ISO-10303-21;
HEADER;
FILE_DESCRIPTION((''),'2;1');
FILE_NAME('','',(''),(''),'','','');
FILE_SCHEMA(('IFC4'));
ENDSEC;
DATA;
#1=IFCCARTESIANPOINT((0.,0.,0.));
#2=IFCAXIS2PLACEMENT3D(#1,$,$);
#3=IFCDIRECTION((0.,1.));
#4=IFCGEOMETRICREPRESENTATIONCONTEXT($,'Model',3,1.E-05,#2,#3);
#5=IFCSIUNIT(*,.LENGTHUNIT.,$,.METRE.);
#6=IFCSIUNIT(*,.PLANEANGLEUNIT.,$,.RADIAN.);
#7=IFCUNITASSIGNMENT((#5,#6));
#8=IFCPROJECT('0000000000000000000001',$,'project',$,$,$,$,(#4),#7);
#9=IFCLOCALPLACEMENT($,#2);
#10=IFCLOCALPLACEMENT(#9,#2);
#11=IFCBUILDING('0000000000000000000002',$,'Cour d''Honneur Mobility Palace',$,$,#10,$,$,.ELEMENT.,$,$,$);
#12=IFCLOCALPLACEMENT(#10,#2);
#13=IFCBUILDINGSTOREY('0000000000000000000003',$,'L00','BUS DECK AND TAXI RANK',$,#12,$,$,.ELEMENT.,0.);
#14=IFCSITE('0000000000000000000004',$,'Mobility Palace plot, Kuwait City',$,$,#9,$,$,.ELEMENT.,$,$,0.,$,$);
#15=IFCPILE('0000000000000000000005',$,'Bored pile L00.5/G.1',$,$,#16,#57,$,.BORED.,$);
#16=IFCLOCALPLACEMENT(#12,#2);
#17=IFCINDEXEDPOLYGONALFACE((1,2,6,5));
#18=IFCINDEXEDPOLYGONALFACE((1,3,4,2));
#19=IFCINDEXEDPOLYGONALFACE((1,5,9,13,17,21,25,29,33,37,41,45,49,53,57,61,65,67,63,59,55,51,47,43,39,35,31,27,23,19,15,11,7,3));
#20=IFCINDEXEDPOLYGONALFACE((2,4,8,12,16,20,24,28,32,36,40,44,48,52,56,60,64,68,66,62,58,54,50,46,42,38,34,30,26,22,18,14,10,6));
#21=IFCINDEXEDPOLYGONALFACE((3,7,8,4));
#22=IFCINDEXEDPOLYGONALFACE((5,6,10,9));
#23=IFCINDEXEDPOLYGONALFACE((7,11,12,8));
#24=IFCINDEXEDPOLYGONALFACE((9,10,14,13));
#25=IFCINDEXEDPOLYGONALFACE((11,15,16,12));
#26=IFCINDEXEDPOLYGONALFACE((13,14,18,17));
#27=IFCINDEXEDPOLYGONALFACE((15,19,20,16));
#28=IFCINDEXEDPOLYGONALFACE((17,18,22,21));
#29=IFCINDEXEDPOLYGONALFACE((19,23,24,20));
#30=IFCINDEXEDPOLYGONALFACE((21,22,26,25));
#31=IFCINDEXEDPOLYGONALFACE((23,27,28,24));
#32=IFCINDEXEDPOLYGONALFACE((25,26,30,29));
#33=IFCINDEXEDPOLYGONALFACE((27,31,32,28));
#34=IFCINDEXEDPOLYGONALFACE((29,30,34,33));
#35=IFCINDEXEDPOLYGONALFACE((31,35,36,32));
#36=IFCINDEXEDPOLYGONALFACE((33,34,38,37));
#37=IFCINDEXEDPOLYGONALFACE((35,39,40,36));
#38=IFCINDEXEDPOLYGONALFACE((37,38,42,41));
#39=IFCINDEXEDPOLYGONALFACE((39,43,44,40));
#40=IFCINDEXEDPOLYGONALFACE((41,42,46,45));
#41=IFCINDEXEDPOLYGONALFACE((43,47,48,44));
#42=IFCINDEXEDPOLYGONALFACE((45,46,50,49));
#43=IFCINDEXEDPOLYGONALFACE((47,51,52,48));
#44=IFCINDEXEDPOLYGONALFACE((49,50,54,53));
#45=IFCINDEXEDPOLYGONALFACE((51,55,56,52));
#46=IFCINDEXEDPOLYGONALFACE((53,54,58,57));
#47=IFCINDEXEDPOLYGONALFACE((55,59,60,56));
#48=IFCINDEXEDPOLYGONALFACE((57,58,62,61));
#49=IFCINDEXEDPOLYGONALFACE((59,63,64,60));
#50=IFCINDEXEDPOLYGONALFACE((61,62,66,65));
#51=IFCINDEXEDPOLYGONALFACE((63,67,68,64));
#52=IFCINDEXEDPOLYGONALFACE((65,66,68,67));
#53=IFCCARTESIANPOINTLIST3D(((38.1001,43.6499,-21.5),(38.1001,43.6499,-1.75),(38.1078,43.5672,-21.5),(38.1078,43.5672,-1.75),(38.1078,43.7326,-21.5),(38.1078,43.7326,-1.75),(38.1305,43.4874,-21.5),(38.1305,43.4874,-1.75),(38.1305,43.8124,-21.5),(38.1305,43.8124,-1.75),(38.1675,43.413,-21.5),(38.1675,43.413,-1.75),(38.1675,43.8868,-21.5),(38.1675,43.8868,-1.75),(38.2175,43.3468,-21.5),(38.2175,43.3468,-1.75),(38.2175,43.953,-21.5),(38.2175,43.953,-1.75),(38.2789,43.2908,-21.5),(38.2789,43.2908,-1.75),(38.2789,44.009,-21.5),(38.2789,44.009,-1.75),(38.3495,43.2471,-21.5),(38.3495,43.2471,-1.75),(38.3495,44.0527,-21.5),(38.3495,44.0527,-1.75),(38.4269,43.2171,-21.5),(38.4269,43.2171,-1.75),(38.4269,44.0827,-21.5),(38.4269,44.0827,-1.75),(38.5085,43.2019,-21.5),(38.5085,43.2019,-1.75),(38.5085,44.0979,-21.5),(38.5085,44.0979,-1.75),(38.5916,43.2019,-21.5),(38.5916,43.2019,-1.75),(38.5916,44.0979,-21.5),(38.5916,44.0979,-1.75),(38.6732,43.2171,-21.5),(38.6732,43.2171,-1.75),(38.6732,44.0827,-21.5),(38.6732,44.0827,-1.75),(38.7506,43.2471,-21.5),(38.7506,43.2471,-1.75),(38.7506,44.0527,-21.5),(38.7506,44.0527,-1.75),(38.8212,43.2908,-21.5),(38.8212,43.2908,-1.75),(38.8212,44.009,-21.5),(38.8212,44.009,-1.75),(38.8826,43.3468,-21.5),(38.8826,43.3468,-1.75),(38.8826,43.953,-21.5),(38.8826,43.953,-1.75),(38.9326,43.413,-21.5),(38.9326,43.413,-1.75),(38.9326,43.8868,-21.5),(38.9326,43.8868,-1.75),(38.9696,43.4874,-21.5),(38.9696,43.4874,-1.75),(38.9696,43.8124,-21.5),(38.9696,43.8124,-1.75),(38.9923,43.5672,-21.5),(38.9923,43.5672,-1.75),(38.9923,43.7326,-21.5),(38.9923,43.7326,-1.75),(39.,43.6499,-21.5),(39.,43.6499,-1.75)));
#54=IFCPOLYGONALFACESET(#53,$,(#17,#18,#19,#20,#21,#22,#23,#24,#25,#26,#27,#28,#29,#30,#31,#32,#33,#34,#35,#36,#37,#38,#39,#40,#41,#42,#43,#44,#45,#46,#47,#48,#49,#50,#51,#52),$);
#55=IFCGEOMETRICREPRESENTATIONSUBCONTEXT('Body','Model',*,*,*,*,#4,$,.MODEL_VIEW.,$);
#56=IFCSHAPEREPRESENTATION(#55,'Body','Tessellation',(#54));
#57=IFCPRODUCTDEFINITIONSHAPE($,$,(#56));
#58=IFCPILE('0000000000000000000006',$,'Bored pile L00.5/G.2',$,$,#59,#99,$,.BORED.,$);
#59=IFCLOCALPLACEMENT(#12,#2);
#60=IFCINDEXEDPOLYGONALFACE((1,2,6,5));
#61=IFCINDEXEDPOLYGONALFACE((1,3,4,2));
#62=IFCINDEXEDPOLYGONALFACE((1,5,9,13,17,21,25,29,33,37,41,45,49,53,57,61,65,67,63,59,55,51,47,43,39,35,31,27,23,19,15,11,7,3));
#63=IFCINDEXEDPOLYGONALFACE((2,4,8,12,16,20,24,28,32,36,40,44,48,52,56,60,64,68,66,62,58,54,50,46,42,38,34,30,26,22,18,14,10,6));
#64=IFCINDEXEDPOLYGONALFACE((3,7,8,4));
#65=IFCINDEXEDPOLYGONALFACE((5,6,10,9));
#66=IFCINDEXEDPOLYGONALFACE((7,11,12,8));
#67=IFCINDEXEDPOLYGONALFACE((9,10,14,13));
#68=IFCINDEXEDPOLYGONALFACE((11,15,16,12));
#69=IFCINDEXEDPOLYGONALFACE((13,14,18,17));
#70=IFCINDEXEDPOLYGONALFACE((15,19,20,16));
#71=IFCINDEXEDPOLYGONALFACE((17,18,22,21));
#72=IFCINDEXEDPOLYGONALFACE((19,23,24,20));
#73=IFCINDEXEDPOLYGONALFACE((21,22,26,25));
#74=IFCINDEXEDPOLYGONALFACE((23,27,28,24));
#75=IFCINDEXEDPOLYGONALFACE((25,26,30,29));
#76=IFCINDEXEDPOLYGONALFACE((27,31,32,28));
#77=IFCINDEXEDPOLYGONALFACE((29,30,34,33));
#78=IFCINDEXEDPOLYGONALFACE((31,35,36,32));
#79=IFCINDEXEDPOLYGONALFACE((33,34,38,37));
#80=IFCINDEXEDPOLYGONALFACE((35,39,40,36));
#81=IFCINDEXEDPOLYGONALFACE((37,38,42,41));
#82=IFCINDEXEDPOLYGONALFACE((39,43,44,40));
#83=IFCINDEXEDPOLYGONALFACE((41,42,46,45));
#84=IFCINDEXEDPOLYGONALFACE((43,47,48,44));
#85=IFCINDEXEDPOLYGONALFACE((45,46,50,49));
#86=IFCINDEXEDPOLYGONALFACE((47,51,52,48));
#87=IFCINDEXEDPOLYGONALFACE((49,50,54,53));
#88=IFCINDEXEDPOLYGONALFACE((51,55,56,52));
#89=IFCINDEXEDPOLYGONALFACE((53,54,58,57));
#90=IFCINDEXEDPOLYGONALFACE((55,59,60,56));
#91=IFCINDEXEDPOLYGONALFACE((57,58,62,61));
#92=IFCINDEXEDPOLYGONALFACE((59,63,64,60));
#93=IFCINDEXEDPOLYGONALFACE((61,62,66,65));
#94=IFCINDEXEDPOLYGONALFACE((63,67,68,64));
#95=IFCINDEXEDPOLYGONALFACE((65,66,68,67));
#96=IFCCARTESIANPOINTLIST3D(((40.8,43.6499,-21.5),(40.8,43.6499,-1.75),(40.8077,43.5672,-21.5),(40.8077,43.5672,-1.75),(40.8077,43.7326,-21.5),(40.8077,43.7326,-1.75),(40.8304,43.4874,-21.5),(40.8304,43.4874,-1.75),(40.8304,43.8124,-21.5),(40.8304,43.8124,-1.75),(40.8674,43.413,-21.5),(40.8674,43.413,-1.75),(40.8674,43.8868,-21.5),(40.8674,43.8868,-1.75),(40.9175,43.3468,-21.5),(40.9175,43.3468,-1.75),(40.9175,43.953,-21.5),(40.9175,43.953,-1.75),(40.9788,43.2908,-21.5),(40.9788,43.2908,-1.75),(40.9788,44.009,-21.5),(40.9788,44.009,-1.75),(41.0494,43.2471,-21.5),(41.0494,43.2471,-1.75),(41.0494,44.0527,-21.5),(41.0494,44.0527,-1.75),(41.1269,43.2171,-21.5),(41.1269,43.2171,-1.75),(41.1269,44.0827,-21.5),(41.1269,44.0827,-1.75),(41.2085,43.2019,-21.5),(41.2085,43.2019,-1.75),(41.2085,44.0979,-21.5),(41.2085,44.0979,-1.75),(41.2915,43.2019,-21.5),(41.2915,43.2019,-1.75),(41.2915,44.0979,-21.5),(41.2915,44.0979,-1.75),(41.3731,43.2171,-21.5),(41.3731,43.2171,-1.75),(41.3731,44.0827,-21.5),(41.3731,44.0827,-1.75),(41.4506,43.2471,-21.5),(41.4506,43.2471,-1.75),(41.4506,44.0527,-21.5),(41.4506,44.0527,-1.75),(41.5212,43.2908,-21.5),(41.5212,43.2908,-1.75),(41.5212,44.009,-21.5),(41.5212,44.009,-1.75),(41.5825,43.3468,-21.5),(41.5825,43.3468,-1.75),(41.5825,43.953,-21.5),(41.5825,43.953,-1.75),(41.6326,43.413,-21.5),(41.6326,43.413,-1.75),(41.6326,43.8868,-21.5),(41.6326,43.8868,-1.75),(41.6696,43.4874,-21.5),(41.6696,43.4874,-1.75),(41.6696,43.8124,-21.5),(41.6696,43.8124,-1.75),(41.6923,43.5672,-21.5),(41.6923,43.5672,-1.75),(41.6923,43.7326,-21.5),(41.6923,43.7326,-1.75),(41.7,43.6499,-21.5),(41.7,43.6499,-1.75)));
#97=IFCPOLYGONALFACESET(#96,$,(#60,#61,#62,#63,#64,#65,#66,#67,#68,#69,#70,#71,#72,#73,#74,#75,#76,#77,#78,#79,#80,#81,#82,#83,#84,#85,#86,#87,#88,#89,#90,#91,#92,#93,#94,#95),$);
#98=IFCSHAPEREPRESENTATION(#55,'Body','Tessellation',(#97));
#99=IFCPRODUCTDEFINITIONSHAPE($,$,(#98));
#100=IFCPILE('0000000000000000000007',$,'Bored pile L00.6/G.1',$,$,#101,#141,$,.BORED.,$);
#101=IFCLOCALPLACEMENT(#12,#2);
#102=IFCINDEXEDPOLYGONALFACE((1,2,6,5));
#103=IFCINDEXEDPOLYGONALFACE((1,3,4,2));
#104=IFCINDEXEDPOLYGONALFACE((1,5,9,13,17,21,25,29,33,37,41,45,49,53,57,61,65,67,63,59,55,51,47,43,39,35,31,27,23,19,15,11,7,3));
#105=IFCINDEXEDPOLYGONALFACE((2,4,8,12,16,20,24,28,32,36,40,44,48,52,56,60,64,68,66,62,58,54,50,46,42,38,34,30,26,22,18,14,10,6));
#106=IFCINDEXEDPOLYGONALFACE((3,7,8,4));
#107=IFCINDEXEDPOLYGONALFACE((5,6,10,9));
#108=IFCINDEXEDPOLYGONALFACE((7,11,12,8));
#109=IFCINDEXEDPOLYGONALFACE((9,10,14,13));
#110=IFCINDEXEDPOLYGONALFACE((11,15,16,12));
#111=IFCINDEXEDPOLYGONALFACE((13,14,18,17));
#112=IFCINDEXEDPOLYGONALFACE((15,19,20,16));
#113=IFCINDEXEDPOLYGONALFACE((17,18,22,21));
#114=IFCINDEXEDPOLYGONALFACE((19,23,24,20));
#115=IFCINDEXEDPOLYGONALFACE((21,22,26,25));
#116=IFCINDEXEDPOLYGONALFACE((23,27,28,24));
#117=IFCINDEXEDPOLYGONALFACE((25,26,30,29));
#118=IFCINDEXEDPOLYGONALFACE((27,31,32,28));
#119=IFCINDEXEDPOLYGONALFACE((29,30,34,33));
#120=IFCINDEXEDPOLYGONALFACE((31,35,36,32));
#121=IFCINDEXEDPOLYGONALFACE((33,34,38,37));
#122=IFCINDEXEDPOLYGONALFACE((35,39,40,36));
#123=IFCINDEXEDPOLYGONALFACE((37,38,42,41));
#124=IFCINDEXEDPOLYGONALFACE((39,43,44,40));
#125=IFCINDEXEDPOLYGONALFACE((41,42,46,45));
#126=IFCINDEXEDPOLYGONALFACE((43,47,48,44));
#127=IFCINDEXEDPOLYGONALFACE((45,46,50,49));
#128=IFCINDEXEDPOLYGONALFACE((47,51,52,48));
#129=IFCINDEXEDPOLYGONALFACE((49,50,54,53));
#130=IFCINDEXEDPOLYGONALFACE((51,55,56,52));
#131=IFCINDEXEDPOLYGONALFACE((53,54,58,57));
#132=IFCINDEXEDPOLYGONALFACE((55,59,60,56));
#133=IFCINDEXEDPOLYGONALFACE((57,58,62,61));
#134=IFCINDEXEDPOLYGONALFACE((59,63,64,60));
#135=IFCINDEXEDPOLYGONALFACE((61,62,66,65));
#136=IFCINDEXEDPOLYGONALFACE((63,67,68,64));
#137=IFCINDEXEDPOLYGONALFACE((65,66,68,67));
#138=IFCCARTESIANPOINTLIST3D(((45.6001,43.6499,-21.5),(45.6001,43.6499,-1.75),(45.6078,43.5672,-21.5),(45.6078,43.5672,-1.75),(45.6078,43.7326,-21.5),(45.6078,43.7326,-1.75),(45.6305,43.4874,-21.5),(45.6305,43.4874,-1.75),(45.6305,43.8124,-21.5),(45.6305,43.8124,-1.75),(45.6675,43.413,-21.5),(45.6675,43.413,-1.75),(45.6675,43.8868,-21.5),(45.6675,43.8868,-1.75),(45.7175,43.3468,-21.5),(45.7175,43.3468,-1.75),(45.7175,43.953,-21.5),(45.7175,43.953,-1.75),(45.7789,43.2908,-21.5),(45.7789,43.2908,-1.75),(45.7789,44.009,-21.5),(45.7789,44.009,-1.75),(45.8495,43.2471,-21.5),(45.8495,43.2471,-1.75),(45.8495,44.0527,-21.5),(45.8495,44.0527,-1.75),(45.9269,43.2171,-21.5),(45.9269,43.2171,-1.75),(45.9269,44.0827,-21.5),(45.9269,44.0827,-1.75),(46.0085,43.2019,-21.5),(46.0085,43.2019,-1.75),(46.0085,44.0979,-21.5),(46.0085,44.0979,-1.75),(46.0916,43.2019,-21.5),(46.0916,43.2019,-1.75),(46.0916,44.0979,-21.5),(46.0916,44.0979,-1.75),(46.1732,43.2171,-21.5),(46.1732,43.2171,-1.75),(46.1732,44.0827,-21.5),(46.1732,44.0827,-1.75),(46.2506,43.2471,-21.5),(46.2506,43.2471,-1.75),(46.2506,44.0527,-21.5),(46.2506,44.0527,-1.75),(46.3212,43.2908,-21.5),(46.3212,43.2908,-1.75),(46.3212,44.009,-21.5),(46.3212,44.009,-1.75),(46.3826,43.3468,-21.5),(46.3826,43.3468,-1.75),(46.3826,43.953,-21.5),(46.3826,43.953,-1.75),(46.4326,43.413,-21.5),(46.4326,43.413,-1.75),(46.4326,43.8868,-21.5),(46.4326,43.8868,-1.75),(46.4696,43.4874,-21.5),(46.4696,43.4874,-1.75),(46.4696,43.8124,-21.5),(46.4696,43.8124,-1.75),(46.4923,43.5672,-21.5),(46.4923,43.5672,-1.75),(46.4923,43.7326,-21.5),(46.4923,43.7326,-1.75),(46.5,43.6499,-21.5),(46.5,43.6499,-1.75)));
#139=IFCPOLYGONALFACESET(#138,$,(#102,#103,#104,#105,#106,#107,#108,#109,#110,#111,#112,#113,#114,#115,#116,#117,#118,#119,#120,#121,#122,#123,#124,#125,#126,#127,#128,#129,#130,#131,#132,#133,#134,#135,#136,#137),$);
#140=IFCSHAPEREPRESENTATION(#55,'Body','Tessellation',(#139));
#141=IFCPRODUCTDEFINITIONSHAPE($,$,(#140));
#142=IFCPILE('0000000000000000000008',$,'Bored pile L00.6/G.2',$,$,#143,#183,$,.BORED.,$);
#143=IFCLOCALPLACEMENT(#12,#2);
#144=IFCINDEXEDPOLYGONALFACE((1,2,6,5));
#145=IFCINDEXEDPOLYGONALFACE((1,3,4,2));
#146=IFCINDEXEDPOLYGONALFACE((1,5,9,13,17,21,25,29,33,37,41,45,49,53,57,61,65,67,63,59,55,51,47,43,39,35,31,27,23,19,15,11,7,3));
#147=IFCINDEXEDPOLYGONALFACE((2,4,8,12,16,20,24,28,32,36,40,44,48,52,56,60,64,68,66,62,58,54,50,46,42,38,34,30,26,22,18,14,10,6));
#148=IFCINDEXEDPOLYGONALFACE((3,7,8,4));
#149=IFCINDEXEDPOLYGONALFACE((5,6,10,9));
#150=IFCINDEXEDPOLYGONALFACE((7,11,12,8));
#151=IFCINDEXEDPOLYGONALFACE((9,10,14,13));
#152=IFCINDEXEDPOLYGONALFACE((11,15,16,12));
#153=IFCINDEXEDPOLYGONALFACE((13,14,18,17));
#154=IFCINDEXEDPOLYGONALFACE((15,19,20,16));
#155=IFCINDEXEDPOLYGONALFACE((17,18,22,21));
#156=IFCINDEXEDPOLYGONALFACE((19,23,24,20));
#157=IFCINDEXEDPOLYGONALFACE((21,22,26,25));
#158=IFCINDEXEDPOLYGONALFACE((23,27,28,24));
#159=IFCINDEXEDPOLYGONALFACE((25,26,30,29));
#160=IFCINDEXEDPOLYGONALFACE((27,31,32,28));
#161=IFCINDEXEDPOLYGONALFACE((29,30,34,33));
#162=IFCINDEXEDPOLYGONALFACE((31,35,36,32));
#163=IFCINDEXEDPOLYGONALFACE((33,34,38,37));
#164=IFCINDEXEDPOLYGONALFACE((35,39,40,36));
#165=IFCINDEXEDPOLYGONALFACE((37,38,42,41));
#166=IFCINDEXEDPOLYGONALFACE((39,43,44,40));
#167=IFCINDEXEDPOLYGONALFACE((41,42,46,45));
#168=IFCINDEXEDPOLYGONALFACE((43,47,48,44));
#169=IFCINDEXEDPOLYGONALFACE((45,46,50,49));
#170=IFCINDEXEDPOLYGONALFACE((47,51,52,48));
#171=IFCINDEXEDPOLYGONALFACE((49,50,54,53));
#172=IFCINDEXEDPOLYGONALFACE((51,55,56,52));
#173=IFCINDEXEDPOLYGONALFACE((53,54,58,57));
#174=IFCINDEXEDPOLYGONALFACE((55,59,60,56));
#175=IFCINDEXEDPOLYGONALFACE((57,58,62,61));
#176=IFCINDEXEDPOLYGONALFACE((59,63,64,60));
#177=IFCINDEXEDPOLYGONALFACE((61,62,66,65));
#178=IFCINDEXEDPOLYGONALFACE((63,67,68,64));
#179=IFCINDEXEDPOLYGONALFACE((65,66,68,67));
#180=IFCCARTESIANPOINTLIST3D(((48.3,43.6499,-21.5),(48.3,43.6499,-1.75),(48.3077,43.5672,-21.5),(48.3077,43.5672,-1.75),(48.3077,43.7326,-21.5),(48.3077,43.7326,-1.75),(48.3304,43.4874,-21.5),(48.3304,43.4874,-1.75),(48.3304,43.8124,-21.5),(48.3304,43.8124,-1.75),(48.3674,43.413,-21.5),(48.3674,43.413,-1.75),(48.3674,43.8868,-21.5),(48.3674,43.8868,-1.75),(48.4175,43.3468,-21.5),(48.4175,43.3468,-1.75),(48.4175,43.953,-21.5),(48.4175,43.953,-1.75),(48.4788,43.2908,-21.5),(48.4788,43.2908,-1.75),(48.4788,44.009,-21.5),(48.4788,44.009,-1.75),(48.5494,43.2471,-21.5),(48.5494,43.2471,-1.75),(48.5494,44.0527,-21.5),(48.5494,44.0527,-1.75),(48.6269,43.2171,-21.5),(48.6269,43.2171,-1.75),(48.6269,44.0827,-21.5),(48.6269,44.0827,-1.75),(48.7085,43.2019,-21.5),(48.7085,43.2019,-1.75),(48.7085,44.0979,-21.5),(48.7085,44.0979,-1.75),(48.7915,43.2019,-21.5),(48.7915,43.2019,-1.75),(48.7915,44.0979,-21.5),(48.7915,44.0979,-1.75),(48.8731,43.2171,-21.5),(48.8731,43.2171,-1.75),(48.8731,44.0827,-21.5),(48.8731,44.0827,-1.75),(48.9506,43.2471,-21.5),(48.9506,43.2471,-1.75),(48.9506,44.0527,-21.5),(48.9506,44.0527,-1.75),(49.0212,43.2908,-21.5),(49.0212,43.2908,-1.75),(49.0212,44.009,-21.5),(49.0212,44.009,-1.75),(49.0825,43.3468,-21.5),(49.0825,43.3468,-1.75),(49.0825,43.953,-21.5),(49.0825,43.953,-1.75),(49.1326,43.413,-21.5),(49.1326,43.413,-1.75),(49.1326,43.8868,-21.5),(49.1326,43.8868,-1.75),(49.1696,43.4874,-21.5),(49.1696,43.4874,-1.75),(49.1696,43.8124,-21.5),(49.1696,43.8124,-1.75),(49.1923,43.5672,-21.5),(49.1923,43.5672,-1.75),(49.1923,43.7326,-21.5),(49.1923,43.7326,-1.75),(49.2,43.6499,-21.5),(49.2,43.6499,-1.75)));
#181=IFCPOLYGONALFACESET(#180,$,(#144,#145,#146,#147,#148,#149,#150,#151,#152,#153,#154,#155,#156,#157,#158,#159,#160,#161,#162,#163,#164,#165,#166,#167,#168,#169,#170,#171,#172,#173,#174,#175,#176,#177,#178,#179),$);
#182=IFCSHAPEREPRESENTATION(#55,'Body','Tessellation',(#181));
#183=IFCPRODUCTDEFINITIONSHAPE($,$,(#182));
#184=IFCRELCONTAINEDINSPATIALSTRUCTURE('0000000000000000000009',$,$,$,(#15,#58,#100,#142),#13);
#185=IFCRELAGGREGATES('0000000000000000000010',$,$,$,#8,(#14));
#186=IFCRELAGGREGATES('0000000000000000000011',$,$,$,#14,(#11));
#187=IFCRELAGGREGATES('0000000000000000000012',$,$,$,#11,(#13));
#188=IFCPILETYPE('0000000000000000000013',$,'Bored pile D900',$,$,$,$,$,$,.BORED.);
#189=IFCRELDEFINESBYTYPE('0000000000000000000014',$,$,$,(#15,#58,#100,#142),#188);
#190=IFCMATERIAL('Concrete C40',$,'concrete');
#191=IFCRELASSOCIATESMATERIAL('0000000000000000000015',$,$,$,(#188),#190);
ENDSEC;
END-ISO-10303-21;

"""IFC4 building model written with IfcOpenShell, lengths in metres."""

from ifc_helpers import new_model, si_unit, direction, frame, origin, origin_2d, place, context, subcontext, project, spatial, circle, extrude, material, material_profile, profile_set, type_object, element, save


model = new_model("IFC4")

# Units and contexts
model_context = context("Model", 3, precision=1e-05, world=origin(), true_north=direction((0.0, 1.0)))
body_context = subcontext(model_context, "Body", "Model", "MODEL_VIEW")
ifc_project = project(units=[si_unit("LENGTHUNIT", "METRE"), si_unit("PLANEANGLEUNIT", "RADIAN")], contexts=[model_context])

# Site, building, storey
site_placement = place(None, origin())
site = spatial("IfcSite", under=ifc_project, at=site_placement, Name="Mobility Palace plot, Kuwait City", CompositionType="ELEMENT", RefElevation=0.0)
building_placement = place(site_placement, origin())
building = spatial("IfcBuilding", under=site, at=building_placement, Name="Cour d'Honneur Mobility Palace", CompositionType="ELEMENT")
storey_placement = place(building_placement, origin())
storey = spatial("IfcBuildingStorey", under=building, at=storey_placement, Name="L00", Description="BUS DECK AND TAXI RANK", CompositionType="ELEMENT", Elevation=0.0)

# Piles
ifc_material_1 = material(Name="Concrete C40", Category="concrete")
ifc_material_profile = material_profile(ifc_material_1, circle(Radius=0.45, at=origin_2d()), Name="Bored pile D900")
ifc_profile_set = profile_set([ifc_material_profile], Name="Concrete C40")
pile_type = type_object("IfcPileType", Name="Bored pile D900", PredefinedType="BORED", material=ifc_profile_set)
for number, where, z_axis, x_axis, name in (
    (1, (38.55, 43.6499, -1.75), (0.0, 0.0, -1.0), (1.0, 0.0, 0.0), "Bored pile L00.5/G.1"),
    (2, (41.25, 43.6499, -1.75), (0.0, 0.0, -1.0), (1.0, 0.0, 0.0), "Bored pile L00.5/G.2"),
    (3, (46.05, 43.6499, -1.75), (0.0, 0.0, -1.0), (1.0, 0.0, 0.0), "Bored pile L00.6/G.1"),
    (4, (48.75, 43.6499, -1.75), (0.0, 0.0, -1.0), (1.0, 0.0, 0.0), "Bored pile L00.6/G.2"),
):
    element("IfcPile", number, at=place(storey_placement, frame(where, z_axis=z_axis, x_axis=x_axis)), inside=storey, type_object=pile_type, Name=name, PredefinedType="BORED", context=body_context, shape_type="SweptSolid", body=[
        extrude(circle(Radius=0.45, at=origin_2d()), origin(), (0.0, 0.0, 1.0), 19.75),
    ])

save(model, "model.ifc")
